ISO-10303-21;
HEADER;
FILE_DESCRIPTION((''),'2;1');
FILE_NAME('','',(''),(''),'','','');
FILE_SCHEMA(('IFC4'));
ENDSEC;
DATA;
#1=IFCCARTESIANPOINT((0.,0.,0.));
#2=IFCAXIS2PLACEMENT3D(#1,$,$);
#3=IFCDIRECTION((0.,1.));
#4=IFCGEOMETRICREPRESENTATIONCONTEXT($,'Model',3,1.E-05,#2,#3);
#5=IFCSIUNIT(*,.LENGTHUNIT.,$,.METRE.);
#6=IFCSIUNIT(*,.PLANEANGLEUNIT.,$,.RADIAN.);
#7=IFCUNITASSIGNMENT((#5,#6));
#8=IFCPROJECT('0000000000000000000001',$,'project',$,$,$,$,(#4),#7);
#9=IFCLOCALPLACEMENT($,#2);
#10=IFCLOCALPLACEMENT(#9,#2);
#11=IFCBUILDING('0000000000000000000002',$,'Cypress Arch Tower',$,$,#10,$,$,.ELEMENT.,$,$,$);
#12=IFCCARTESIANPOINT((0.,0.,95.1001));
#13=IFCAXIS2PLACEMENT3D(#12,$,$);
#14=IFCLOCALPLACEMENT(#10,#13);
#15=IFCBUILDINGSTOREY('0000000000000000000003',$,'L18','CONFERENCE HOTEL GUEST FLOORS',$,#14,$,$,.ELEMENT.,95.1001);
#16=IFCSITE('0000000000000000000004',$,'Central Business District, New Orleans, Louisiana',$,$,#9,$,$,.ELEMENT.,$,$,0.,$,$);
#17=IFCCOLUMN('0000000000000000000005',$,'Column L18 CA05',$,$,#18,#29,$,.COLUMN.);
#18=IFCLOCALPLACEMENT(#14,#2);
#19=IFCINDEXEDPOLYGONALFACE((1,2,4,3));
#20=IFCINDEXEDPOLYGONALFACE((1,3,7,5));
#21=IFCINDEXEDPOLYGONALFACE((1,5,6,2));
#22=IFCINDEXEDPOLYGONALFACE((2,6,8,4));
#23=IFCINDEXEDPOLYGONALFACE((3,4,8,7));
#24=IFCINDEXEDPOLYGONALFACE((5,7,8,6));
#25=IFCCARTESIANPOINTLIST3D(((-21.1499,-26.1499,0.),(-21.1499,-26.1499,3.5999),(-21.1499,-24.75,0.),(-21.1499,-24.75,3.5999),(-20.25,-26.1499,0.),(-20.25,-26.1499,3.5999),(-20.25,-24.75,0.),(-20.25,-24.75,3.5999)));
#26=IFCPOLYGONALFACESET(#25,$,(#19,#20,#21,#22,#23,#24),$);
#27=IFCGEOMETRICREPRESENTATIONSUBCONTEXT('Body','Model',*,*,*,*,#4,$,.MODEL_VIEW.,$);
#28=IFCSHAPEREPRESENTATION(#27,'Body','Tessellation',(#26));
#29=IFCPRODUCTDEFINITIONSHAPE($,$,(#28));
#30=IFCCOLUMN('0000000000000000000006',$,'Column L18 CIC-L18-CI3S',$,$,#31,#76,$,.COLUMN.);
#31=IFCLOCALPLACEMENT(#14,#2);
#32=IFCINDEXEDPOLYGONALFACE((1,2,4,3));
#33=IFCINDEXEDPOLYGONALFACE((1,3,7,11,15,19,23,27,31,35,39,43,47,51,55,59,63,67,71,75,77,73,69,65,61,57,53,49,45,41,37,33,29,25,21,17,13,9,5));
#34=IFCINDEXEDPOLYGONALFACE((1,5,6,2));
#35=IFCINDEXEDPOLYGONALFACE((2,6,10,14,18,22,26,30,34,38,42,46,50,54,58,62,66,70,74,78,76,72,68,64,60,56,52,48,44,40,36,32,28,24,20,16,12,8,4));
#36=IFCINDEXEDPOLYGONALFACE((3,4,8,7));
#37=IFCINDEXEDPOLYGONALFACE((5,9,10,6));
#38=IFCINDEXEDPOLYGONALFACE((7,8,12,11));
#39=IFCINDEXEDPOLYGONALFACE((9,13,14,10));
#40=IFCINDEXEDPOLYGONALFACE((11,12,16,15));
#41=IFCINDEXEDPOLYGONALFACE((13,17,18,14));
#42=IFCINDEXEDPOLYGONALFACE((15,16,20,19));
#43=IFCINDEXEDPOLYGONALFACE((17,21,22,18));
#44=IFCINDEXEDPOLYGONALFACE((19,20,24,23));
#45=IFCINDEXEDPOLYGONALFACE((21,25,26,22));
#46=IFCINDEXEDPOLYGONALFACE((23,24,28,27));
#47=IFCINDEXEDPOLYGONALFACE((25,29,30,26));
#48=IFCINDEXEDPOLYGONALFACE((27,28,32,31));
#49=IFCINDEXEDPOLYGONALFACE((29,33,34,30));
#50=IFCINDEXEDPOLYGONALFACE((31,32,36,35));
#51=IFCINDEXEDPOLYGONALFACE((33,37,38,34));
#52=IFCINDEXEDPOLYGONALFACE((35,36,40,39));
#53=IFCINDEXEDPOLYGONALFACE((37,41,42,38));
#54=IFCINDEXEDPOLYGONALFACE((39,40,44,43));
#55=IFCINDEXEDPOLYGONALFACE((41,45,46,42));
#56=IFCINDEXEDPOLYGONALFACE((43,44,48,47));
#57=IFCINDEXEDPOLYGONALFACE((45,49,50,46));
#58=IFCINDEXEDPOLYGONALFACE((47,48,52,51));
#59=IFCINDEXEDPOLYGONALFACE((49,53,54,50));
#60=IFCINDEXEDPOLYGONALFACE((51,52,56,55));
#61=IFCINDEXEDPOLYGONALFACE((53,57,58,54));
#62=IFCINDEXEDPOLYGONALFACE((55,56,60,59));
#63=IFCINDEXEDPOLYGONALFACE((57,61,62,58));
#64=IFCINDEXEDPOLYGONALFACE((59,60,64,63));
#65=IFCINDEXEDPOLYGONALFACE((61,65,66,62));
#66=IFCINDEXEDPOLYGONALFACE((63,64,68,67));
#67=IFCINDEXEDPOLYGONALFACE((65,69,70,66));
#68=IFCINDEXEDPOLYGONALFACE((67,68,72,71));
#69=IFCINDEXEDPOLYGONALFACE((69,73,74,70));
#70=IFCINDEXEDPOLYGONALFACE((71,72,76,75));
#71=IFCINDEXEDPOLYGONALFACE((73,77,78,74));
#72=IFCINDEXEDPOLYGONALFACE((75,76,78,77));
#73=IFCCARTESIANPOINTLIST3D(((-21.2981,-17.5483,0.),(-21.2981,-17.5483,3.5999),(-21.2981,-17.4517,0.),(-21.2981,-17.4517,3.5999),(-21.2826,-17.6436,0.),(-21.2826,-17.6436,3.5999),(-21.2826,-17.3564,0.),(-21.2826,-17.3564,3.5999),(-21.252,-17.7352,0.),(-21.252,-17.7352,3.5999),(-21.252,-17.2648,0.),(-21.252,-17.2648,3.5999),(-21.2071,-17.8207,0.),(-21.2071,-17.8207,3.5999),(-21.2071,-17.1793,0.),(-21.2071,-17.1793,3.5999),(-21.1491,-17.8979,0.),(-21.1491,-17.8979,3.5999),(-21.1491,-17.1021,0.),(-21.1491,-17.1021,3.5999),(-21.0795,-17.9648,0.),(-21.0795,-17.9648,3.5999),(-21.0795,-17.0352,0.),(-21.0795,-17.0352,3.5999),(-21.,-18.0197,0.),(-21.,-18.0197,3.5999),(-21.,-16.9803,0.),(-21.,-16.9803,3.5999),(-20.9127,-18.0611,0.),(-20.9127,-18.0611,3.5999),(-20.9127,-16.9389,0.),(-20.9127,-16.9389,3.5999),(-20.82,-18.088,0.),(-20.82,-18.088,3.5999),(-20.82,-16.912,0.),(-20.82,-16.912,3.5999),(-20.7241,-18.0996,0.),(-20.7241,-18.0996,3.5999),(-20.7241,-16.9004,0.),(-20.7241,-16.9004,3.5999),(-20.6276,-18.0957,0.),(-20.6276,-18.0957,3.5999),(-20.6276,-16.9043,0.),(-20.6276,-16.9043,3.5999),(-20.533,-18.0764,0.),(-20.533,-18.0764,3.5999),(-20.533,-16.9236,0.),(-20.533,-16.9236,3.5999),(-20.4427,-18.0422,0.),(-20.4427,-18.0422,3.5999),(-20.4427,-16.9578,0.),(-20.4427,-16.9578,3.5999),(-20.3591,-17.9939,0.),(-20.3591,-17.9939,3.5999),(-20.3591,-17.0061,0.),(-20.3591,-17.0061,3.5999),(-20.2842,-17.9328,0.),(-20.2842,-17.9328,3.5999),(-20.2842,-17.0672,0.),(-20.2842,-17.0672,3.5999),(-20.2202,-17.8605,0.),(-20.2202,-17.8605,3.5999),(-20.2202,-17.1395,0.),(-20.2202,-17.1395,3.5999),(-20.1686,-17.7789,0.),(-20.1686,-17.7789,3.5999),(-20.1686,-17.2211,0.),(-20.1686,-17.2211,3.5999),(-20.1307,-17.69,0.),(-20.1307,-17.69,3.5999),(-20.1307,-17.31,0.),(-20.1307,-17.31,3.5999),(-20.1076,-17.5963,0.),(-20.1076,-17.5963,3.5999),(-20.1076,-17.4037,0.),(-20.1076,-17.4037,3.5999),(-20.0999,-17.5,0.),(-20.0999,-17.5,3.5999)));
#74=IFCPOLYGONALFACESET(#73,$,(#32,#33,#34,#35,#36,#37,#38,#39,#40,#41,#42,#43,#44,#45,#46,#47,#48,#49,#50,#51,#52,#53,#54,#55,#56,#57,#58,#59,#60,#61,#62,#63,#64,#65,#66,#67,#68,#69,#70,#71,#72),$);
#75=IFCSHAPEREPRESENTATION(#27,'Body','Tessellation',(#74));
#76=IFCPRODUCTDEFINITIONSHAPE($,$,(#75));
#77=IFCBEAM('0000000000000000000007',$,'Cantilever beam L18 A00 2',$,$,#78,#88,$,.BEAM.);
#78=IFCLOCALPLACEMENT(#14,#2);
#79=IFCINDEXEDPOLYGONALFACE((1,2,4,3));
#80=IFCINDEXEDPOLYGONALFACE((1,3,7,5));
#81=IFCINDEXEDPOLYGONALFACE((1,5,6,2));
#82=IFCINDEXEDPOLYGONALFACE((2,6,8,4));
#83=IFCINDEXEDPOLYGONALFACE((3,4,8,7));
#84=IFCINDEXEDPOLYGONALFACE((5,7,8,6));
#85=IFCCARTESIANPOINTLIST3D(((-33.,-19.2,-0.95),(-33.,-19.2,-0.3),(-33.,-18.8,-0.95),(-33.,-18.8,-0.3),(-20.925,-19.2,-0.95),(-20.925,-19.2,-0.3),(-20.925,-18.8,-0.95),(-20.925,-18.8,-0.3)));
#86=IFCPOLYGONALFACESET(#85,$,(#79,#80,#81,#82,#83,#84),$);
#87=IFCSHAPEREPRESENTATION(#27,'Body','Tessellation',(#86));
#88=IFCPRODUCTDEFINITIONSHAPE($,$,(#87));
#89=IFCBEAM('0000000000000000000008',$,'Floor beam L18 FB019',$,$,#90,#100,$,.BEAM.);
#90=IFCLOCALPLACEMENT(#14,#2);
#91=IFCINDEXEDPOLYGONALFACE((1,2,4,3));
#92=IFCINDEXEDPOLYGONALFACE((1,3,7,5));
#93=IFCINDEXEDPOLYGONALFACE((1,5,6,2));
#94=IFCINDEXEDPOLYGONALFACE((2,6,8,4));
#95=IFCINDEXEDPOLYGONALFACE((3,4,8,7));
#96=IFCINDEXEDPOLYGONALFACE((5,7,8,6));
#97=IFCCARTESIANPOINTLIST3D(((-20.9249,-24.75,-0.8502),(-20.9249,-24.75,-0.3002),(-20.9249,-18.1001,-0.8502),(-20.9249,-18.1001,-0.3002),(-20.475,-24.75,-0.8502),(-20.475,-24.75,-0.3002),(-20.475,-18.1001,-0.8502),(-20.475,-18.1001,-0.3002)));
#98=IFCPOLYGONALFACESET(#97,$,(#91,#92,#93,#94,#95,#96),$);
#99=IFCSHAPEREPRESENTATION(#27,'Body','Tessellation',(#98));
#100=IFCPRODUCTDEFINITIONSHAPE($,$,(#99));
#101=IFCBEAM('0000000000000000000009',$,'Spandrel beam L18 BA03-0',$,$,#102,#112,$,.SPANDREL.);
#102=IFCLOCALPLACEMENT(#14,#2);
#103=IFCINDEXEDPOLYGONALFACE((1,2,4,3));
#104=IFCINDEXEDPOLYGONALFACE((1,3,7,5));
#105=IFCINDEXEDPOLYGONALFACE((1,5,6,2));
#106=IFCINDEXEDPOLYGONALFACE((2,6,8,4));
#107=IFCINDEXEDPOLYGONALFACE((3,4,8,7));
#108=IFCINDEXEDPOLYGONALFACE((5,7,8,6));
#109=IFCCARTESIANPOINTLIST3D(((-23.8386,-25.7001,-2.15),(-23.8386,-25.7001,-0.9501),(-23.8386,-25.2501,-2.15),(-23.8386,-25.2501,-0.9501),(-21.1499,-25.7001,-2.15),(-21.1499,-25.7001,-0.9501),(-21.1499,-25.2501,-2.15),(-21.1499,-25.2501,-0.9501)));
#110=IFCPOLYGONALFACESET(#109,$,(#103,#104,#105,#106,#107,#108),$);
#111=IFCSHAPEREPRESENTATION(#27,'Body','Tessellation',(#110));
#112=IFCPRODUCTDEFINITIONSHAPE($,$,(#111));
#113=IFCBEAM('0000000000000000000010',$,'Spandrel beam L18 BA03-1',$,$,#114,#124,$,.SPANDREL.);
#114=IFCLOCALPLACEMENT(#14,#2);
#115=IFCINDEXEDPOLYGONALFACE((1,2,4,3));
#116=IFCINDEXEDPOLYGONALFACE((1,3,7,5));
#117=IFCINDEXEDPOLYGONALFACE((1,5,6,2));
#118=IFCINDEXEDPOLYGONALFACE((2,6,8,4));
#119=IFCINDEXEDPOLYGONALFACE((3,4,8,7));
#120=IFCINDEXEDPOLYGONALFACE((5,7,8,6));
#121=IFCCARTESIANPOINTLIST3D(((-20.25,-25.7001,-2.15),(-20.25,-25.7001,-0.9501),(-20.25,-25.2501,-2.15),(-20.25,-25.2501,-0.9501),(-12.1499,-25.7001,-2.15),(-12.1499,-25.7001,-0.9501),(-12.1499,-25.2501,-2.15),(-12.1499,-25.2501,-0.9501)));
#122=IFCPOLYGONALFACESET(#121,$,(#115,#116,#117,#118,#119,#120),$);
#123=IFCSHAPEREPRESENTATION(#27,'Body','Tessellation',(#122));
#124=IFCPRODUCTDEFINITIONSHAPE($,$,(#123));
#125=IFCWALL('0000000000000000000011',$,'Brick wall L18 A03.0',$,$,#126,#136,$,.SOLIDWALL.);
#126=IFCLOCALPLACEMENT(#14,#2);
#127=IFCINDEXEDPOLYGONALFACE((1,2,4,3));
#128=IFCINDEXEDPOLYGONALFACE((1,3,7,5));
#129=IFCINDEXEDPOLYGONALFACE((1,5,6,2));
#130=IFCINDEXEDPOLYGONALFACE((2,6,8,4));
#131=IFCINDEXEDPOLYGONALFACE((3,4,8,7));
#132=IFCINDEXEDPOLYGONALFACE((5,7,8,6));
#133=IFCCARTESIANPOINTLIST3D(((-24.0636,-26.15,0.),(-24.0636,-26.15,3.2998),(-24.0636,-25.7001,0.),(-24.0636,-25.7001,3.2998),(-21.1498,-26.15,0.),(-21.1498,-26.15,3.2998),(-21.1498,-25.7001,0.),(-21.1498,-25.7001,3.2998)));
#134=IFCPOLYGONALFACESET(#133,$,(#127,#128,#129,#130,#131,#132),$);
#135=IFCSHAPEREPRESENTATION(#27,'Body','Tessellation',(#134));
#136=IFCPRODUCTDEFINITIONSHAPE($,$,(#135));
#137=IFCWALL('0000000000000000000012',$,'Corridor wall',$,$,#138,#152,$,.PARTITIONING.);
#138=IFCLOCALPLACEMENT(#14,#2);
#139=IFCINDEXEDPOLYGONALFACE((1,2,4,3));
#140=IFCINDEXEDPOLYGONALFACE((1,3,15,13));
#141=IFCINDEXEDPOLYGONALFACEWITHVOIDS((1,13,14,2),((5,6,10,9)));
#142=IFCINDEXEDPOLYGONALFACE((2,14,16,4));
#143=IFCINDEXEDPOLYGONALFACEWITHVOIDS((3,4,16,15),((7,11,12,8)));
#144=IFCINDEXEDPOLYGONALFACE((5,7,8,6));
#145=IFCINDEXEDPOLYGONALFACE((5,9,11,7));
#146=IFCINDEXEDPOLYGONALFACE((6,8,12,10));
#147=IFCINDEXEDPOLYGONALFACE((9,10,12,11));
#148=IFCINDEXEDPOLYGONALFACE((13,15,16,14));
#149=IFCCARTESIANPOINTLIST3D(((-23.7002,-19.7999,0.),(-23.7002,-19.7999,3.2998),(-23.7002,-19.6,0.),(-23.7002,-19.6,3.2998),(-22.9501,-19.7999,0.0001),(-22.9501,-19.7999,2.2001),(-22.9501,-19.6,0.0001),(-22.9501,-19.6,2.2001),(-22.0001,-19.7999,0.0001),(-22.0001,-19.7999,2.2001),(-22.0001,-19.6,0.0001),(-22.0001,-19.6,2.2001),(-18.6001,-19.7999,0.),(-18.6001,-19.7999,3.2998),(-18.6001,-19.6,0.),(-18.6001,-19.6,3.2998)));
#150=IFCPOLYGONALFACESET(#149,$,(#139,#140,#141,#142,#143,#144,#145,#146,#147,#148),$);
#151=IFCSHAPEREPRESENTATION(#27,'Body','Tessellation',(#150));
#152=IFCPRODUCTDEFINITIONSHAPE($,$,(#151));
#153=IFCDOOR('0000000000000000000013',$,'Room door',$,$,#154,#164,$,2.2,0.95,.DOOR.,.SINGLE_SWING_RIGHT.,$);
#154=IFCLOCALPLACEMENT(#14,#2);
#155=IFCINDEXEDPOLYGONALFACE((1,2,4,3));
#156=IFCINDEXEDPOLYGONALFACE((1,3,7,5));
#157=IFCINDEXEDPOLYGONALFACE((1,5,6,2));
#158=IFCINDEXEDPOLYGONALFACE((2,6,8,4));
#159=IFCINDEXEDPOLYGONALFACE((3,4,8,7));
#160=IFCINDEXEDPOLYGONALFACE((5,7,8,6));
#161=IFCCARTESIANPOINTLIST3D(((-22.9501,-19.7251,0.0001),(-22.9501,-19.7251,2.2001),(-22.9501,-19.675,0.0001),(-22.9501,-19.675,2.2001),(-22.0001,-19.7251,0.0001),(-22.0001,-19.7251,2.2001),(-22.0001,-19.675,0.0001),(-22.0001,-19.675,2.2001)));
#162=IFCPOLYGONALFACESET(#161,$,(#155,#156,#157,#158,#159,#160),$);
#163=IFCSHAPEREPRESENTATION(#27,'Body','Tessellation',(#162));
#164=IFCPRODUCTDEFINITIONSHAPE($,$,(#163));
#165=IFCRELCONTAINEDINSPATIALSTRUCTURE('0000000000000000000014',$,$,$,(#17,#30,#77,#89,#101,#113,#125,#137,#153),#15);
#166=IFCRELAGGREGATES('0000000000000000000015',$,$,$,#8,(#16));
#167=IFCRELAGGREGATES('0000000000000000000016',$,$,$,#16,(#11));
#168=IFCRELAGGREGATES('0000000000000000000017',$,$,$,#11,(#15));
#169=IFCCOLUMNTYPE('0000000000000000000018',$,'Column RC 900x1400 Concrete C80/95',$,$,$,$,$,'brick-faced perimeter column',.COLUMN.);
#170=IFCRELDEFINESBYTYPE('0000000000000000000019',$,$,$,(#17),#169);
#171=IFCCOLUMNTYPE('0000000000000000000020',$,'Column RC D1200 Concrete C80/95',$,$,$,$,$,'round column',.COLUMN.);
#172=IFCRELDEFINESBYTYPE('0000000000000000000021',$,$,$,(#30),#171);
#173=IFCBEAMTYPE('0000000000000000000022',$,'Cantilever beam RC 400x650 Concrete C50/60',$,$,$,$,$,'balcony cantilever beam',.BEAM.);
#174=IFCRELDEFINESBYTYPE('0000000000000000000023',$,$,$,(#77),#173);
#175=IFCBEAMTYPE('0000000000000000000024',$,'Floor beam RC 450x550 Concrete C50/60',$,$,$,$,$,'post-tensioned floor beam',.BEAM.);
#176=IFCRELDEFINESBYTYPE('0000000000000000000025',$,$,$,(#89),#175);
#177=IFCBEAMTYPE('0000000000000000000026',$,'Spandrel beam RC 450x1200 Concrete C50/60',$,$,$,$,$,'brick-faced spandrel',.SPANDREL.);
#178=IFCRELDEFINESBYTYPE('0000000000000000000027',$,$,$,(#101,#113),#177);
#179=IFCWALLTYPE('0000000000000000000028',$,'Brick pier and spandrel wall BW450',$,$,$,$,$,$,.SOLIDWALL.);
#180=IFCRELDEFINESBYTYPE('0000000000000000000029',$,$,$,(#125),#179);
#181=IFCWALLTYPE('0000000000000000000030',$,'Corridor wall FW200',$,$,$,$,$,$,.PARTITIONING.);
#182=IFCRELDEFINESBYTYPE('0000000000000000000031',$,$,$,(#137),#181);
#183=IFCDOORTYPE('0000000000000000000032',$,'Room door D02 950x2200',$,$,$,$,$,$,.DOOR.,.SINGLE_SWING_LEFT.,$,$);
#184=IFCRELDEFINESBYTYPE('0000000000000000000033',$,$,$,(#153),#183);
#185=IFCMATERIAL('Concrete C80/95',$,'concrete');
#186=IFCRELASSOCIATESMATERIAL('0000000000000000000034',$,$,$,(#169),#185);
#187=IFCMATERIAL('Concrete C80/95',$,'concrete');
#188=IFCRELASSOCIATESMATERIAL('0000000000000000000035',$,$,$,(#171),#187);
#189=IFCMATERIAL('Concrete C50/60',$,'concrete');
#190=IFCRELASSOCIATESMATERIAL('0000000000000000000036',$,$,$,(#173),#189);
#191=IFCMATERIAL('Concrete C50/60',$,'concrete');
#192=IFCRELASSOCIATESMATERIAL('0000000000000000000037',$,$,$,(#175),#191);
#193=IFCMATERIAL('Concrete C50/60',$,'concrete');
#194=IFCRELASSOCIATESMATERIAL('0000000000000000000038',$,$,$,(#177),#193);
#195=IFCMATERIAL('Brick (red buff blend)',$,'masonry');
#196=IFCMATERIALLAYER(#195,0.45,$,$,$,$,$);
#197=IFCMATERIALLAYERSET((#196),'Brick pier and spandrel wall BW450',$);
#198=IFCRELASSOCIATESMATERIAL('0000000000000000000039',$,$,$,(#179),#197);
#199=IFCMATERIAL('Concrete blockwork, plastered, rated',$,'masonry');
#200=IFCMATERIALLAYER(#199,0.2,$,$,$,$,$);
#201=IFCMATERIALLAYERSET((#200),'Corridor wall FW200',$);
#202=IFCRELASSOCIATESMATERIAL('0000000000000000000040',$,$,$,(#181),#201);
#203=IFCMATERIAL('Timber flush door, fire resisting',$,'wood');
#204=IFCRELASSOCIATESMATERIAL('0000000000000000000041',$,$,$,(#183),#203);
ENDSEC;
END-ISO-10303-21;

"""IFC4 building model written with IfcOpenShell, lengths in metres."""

from ifc_helpers import new_model, si_unit, direction, frame, frame_2d, origin, origin_2d, place, context, subcontext, project, spatial, rectangle, circle, extrude, material, layer, layer_set, material_profile, profile_set, type_object, element, fill, save


model = new_model("IFC4")

# Units and contexts
model_context = context("Model", 3, precision=1e-05, world=origin(), true_north=direction((0.0, 1.0)))
body_context = subcontext(model_context, "Body", "Model", "MODEL_VIEW")
ifc_project = project(units=[si_unit("LENGTHUNIT", "METRE"), si_unit("PLANEANGLEUNIT", "RADIAN")], contexts=[model_context])

# Site, building, storey
site_placement = place(None, origin())
site = spatial("IfcSite", under=ifc_project, at=site_placement, Name="Central Business District, New Orleans, Louisiana", CompositionType="ELEMENT", RefElevation=0.0)
building_placement = place(site_placement, origin())
building = spatial("IfcBuilding", under=site, at=building_placement, Name="Cypress Arch Tower", CompositionType="ELEMENT")
storey_placement = place(building_placement, frame((0.0, 0.0, 95.1001)))
storey = spatial("IfcBuildingStorey", under=building, at=storey_placement, Name="L18", Description="CONFERENCE HOTEL GUEST FLOORS", CompositionType="ELEMENT", Elevation=95.1001)

# Columns
ifc_material_1 = material(Name="Concrete C80/95", Category="concrete")
ifc_material_profile_1 = material_profile(ifc_material_1, rectangle(XDim=0.8999, YDim=1.3999, at=origin_2d()), Name="RC 900x1400")
ifc_profile_set_1 = profile_set([ifc_material_profile_1], Name="Concrete C80/95")
column_type_1 = type_object("IfcColumnType", Name="Column RC 900x1400 Concrete C80/95", ElementType="brick-faced perimeter column", PredefinedType="COLUMN", material=ifc_profile_set_1)
column_1_placement = place(storey_placement, frame((-20.7, -25.45, 0.0), z_axis=(0.0, 0.0, 1.0), x_axis=(1.0, 0.0, 0.0)))
element("IfcColumn", 1, at=column_1_placement, inside=storey, type_object=column_type_1, Name="Column L18 CA05", PredefinedType="COLUMN", context=body_context, shape_type="SweptSolid", body=[
    extrude(rectangle(XDim=0.8999, YDim=1.3999, at=origin_2d()), origin(), (0.0, 0.0, 1.0), 3.5999),
])
ifc_material_2 = material(Name="Concrete C80/95", Category="concrete")
ifc_material_profile_2 = material_profile(ifc_material_2, circle(Radius=0.6001, at=origin_2d()), Name="RC D1200")
ifc_profile_set_2 = profile_set([ifc_material_profile_2], Name="Concrete C80/95")
column_type_2 = type_object("IfcColumnType", Name="Column RC D1200 Concrete C80/95", ElementType="round column", PredefinedType="COLUMN", material=ifc_profile_set_2)
column_2_placement = place(storey_placement, frame((-20.7, -17.5, 0.0), z_axis=(0.0, 0.0, 1.0), x_axis=(1.0, 0.0, 0.0)))
element("IfcColumn", 2, at=column_2_placement, inside=storey, type_object=column_type_2, Name="Column L18 CIC-L18-CI3S", PredefinedType="COLUMN", context=body_context, shape_type="SweptSolid", body=[
    extrude(circle(Radius=0.6001, at=origin_2d()), origin(), (0.0, 0.0, 1.0), 3.5999),
])

# Beams
ifc_material_3 = material(Name="Concrete C50/60", Category="concrete")
ifc_material_profile_3 = material_profile(ifc_material_3, rectangle(XDim=0.3999, YDim=0.6499, at=origin_2d()), Name="RC 400x650")
ifc_profile_set_3 = profile_set([ifc_material_profile_3], Name="Concrete C50/60")
beam_type_1 = type_object("IfcBeamType", Name="Cantilever beam RC 400x650 Concrete C50/60", ElementType="balcony cantilever beam", PredefinedType="BEAM", material=ifc_profile_set_3)
beam_1_placement = place(storey_placement, frame((-20.925, -19.0, -0.625), z_axis=(-1.0, 0.0, 0.0), x_axis=(0.0, -1.0, 0.0)))
element("IfcBeam", 3, at=beam_1_placement, inside=storey, type_object=beam_type_1, Name="Cantilever beam L18 A00 2", PredefinedType="BEAM", context=body_context, shape_type="SweptSolid", body=[
    extrude(rectangle(XDim=0.3999, YDim=0.6499, at=origin_2d()), origin(), (0.0, 0.0, 1.0), 12.075),
])
ifc_material_4 = material(Name="Concrete C50/60", Category="concrete")
ifc_material_profile_4 = material_profile(ifc_material_4, rectangle(XDim=0.45, YDim=0.55, at=origin_2d()), Name="RC 450x550")
ifc_profile_set_4 = profile_set([ifc_material_profile_4], Name="Concrete C50/60")
beam_type_2 = type_object("IfcBeamType", Name="Floor beam RC 450x550 Concrete C50/60", ElementType="post-tensioned floor beam", PredefinedType="BEAM", material=ifc_profile_set_4)
beam_2_placement = place(storey_placement, frame((-20.7, -24.75, -0.5752), z_axis=(0.0, 1.0, 0.0), x_axis=(-1.0, 0.0, 0.0)))
element("IfcBeam", 4, at=beam_2_placement, inside=storey, type_object=beam_type_2, Name="Floor beam L18 FB019", PredefinedType="BEAM", context=body_context, shape_type="SweptSolid", body=[
    extrude(rectangle(XDim=0.45, YDim=0.55, at=origin_2d()), origin(), (0.0, 0.0, 1.0), 6.6499),
])
ifc_material_5 = material(Name="Concrete C50/60", Category="concrete")
ifc_material_profile_5 = material_profile(ifc_material_5, rectangle(XDim=0.45, YDim=1.2, at=origin_2d()), Name="RC 450x1200")
ifc_profile_set_5 = profile_set([ifc_material_profile_5], Name="Concrete C50/60")
beam_type_3 = type_object("IfcBeamType", Name="Spandrel beam RC 450x1200 Concrete C50/60", ElementType="brick-faced spandrel", PredefinedType="SPANDREL", material=ifc_profile_set_5)
beam_3_placement = place(storey_placement, frame((-23.8386, -25.4751, -1.55), z_axis=(1.0, 0.0, 0.0), x_axis=(0.0, 1.0, 0.0)))
element("IfcBeam", 5, at=beam_3_placement, inside=storey, type_object=beam_type_3, Name="Spandrel beam L18 BA03-0", PredefinedType="SPANDREL", context=body_context, shape_type="SweptSolid", body=[
    extrude(rectangle(XDim=0.45, YDim=1.2, at=origin_2d()), origin(), (0.0, 0.0, 1.0), 2.6887),
])
beam_4_placement = place(storey_placement, frame((-20.25, -25.4751, -1.55), z_axis=(1.0, 0.0, 0.0), x_axis=(0.0, 1.0, 0.0)))
element("IfcBeam", 6, at=beam_4_placement, inside=storey, type_object=beam_type_3, Name="Spandrel beam L18 BA03-1", PredefinedType="SPANDREL", context=body_context, shape_type="SweptSolid", body=[
    extrude(rectangle(XDim=0.45, YDim=1.2, at=origin_2d()), origin(), (0.0, 0.0, 1.0), 8.1001),
])

# Wall
ifc_material_6 = material(Name="Brick (red buff blend)", Category="masonry")
ifc_layer_1 = layer(ifc_material_6, 0.45)
ifc_layer_set_1 = layer_set([ifc_layer_1], Name="Brick pier and spandrel wall BW450")
wall_type_1 = type_object("IfcWallType", Name="Brick pier and spandrel wall BW450", PredefinedType="SOLIDWALL", material=ifc_layer_set_1)
wall_1_placement = place(storey_placement, frame((-24.0637, -25.925, 0.0), z_axis=(0.0, 0.0, 1.0), x_axis=(1.0, 0.0, 0.0)))
element("IfcWall", 7, at=wall_1_placement, inside=storey, type_object=wall_type_1, Name="Brick wall L18 A03.0", PredefinedType="SOLIDWALL", context=body_context, shape_type="SweptSolid", body=[
    extrude(rectangle(XDim=2.9138, YDim=0.45, at=frame_2d((1.457, 0.0))), origin(), (0.0, 0.0, 1.0), 3.2998),
])

# Wall, opening, door
ifc_material_7 = material(Name="Concrete blockwork, plastered, rated", Category="masonry")
ifc_layer_2 = layer(ifc_material_7, 0.2)
ifc_layer_set_2 = layer_set([ifc_layer_2], Name="Corridor wall FW200")
wall_type_2 = type_object("IfcWallType", Name="Corridor wall FW200", PredefinedType="PARTITIONING", material=ifc_layer_set_2)
wall_2_placement = place(storey_placement, frame((-23.7002, -19.7, 0.0), z_axis=(0.0, 0.0, 1.0), x_axis=(1.0, 0.0, 0.0)))
wall_2 = element("IfcWall", 8, at=wall_2_placement, inside=storey, type_object=wall_type_2, Name="Corridor wall", PredefinedType="PARTITIONING", context=body_context, shape_type="SweptSolid", body=[
    extrude(rectangle(XDim=5.1001, YDim=0.2, at=frame_2d((2.55, 0.0))), origin(), (0.0, 0.0, 1.0), 3.2998),
])
opening_1_placement = place(wall_2_placement, frame((0.75, 0.0, 0.0)))
opening_1 = element("IfcOpeningElement", 9, at=opening_1_placement, cuts=wall_2, PredefinedType="OPENING", context=body_context, shape_type="SweptSolid", body=[
    extrude(rectangle(XDim=0.95, YDim=2.2, at=frame_2d((0.4751, 1.1001))), frame((0.0, 0.1099, 0.0), z_axis=(0.0, -1.0, 0.0), x_axis=(1.0, 0.0, 0.0)), (0.0, 0.0, 1.0), 0.22),
])
ifc_material_8 = material(Name="Timber flush door, fire resisting", Category="wood")
door_type_1 = type_object("IfcDoorType", Name="Room door D02 950x2200", OperationType="SINGLE_SWING_LEFT", PredefinedType="DOOR", material=ifc_material_8)
door_1_placement = place(opening_1_placement, origin())
door_1 = element("IfcDoor", 10, at=door_1_placement, inside=storey, type_object=door_type_1, Name="Room door", OperationType="SINGLE_SWING_RIGHT", OverallHeight=2.2, OverallWidth=0.95, PredefinedType="DOOR", context=body_context, shape_type="SweptSolid", body=[
    extrude(rectangle(XDim=0.95, YDim=2.2, at=frame_2d((0.4751, 1.1001))), frame((0.0, 0.0249, 0.0), z_axis=(0.0, -1.0, 0.0), x_axis=(1.0, 0.0, 0.0)), (0.0, 0.0, 1.0), 0.05),
])
fill(opening_1, door_1)

save(model, "model.ifc")
